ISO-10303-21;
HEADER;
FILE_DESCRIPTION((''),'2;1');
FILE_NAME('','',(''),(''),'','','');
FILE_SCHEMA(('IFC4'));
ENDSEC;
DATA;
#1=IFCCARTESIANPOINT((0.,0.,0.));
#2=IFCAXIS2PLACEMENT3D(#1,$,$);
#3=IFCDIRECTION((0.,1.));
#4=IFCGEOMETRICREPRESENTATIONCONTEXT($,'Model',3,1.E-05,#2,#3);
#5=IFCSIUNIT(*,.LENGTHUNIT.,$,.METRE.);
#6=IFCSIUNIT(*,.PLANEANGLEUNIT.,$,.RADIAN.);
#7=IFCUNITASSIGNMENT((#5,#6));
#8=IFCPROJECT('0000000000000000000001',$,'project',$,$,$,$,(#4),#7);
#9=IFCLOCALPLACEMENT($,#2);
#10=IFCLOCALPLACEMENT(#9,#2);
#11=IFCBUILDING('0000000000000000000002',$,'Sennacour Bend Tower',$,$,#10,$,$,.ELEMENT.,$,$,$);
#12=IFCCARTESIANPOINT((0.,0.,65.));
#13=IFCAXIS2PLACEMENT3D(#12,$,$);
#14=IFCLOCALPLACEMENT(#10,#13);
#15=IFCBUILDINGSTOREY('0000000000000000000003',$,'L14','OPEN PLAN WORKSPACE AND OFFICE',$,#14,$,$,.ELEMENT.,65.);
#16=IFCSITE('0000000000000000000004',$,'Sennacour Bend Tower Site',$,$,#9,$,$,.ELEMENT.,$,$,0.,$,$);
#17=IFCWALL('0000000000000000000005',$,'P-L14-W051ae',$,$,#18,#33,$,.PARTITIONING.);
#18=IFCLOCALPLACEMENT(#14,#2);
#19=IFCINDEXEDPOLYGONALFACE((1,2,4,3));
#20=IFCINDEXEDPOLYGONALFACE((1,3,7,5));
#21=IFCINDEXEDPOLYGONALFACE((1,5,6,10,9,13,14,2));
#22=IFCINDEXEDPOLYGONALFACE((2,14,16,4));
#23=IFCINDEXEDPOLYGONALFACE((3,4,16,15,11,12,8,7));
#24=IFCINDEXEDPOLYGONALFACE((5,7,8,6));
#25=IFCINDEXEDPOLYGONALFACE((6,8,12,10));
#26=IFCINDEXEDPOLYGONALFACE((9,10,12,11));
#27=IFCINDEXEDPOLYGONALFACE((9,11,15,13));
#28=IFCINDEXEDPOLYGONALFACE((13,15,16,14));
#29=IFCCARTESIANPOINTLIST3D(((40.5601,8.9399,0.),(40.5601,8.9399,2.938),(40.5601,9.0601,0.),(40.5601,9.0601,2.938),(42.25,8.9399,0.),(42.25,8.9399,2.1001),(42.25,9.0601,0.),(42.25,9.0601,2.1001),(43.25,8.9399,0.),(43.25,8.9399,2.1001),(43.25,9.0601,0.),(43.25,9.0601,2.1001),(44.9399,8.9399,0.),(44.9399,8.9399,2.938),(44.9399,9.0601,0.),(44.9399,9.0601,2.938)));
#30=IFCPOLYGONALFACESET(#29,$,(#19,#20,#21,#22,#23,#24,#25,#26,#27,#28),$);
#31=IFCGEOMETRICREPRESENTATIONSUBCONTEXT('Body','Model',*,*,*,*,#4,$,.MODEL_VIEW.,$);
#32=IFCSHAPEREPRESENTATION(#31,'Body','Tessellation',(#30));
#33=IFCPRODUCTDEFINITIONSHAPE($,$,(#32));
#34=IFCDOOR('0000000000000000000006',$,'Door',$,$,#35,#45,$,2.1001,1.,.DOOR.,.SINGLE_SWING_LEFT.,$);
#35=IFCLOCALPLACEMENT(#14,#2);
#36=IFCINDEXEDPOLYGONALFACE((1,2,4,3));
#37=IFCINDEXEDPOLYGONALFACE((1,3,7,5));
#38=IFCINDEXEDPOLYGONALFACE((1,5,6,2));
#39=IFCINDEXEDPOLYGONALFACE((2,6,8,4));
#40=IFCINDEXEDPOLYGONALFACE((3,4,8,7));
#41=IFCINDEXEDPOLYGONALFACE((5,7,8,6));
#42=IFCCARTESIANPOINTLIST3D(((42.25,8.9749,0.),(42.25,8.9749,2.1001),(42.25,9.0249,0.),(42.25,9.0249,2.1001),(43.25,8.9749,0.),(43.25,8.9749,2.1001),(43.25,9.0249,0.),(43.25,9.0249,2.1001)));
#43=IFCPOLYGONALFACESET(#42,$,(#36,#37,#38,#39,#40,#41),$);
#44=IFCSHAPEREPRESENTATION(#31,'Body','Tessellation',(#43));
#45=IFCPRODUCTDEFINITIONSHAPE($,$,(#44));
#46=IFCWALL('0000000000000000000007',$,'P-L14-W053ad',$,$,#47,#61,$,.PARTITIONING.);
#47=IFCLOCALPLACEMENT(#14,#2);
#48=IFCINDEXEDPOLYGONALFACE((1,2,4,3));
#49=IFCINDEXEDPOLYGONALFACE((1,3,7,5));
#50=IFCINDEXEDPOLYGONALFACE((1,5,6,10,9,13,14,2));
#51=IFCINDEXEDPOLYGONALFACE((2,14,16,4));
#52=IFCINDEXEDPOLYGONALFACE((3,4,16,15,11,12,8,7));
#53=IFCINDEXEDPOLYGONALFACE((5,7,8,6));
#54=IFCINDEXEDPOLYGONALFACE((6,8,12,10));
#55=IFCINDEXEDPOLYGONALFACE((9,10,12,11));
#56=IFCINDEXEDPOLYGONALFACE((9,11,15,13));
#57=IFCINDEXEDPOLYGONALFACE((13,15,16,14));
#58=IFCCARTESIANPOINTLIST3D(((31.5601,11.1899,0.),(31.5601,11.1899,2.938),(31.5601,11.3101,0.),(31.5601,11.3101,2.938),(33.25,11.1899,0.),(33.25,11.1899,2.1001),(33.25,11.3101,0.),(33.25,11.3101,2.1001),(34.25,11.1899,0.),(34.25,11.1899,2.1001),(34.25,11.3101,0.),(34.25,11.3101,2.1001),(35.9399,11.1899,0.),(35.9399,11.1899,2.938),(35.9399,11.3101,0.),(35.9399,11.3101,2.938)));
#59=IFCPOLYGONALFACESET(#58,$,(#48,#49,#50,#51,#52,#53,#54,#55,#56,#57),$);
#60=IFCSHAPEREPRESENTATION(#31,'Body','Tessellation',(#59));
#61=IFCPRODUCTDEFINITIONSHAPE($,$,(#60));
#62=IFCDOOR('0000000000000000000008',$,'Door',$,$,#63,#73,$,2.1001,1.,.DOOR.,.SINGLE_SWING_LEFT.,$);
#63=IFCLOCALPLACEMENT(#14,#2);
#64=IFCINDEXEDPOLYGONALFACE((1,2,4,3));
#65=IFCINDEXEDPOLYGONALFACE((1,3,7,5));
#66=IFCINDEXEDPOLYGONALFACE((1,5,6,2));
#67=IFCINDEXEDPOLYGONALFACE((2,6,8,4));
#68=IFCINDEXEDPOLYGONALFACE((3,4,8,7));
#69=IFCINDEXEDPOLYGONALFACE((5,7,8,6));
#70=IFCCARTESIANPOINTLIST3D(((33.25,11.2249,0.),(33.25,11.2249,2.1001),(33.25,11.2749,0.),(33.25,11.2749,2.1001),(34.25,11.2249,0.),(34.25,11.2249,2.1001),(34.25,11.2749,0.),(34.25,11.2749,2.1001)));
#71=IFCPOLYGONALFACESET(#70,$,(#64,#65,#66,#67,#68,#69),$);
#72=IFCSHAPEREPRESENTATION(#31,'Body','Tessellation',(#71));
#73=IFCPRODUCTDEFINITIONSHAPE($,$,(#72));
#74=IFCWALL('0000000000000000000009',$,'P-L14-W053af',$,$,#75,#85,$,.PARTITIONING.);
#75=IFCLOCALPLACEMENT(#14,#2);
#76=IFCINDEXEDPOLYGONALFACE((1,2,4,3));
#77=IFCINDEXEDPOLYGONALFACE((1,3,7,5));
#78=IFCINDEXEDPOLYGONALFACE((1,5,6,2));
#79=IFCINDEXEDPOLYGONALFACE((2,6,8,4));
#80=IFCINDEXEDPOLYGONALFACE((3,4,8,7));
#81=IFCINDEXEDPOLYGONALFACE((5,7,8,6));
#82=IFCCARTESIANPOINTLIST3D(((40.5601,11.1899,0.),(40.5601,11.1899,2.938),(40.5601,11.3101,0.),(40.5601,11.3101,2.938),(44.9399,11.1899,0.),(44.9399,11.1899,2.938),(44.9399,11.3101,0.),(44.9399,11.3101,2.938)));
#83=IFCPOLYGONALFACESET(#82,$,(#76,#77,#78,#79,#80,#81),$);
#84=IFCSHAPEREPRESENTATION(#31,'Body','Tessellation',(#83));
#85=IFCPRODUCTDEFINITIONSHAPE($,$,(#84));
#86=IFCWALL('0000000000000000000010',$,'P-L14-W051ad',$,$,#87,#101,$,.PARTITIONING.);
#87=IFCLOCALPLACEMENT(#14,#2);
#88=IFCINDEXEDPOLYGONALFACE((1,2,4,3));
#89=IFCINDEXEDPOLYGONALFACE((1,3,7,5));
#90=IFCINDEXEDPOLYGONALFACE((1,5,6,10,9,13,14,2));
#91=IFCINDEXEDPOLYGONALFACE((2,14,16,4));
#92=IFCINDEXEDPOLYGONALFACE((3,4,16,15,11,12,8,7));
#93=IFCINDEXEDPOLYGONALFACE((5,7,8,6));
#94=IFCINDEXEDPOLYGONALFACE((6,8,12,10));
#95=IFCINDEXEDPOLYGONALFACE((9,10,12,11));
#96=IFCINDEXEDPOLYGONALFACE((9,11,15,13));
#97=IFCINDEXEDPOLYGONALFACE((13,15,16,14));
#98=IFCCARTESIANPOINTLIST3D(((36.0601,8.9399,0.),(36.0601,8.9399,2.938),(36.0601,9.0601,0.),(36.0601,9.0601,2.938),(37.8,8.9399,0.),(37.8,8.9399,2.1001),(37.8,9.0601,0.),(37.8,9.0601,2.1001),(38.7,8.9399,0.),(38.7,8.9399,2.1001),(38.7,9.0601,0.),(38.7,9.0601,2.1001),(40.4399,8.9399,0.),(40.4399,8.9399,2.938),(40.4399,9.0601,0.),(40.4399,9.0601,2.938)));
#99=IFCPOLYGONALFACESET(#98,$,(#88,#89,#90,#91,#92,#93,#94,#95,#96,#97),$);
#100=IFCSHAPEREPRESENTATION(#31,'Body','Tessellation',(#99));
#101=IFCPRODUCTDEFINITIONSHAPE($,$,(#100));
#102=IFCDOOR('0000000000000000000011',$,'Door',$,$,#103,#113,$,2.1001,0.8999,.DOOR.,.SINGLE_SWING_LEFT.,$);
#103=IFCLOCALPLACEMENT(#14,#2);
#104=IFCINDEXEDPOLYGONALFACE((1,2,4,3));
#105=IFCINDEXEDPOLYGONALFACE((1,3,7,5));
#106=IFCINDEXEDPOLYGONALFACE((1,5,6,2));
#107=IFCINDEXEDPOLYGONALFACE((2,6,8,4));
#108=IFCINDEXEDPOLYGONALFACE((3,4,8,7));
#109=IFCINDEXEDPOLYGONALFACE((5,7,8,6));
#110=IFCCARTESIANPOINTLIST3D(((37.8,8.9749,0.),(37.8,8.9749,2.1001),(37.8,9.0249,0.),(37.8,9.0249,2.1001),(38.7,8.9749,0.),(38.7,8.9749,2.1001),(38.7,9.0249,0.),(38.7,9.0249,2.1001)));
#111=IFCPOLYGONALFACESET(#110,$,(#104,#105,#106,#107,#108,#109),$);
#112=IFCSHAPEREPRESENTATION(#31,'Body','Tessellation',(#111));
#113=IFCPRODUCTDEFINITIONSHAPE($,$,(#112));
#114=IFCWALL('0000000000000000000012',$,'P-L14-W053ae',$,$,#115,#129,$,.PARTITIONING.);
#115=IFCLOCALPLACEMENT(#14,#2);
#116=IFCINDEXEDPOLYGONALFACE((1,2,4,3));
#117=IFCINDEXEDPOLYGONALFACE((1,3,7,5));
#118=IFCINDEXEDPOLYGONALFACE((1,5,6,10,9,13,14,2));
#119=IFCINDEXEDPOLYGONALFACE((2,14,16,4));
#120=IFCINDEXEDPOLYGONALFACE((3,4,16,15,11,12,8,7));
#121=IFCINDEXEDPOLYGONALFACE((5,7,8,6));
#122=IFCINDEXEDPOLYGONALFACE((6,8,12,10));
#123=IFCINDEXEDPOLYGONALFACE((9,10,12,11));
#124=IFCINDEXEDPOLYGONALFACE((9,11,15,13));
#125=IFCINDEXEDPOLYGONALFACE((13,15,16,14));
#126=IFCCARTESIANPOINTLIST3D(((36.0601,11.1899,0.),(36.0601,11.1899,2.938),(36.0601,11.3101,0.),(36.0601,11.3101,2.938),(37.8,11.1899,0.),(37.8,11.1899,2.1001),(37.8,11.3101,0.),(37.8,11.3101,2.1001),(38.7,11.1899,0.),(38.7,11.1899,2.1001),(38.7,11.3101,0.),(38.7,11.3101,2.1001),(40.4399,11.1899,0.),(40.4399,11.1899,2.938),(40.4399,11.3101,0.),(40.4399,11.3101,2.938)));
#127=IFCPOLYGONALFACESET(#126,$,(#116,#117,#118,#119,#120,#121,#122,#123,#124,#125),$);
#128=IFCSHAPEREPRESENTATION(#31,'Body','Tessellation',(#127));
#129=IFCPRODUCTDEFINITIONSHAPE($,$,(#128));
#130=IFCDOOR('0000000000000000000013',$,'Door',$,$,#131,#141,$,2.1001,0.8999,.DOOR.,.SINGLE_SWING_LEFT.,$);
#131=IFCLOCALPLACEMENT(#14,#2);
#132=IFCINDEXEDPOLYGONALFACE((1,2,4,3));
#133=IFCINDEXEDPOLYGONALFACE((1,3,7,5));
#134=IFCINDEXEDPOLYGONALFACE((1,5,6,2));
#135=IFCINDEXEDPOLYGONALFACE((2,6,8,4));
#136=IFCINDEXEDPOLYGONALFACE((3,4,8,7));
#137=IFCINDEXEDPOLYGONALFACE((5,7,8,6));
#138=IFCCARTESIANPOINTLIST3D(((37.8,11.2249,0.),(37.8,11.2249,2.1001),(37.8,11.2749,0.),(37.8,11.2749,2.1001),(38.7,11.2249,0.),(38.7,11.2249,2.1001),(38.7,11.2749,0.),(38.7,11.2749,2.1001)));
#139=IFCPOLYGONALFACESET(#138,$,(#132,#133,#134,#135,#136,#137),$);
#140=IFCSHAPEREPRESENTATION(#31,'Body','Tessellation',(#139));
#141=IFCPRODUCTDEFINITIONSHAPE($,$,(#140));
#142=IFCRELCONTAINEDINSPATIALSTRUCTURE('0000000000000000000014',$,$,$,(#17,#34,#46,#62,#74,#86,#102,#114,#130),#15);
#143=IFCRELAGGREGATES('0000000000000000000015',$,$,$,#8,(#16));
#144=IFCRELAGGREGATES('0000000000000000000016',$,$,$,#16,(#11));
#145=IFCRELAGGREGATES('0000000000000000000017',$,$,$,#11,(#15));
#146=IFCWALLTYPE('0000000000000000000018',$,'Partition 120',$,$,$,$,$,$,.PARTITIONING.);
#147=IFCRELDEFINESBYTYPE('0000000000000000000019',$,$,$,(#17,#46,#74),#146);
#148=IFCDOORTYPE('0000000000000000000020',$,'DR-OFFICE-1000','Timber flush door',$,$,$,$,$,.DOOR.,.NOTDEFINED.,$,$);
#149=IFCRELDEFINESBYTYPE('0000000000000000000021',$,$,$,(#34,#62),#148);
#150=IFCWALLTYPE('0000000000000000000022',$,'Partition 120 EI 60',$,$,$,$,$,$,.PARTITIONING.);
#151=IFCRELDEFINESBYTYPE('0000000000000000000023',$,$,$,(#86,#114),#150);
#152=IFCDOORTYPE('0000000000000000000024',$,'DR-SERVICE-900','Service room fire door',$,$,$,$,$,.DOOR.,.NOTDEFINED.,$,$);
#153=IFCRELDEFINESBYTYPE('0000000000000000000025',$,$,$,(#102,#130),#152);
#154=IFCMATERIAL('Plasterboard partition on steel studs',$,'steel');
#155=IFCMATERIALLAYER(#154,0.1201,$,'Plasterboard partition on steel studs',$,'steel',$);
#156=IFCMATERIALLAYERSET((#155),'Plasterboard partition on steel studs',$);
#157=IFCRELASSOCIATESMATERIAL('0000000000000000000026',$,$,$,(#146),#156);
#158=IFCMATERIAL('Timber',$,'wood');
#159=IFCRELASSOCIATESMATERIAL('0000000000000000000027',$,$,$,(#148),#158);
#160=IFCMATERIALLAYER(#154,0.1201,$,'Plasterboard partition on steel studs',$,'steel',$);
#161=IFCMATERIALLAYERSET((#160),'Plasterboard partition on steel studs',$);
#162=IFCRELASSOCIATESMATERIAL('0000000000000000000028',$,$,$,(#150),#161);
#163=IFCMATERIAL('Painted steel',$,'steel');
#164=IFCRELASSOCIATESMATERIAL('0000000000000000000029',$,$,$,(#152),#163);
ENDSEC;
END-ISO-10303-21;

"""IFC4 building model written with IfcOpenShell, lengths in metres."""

from ifc_helpers import new_model, si_unit, direction, frame, frame_2d, origin, place, context, subcontext, project, spatial, rectangle, extrude, material, layer, layer_set, type_object, element, fill, save


model = new_model("IFC4")

# Units and contexts
model_context = context("Model", 3, precision=1e-05, world=origin(), true_north=direction((0.0, 1.0)))
body_context = subcontext(model_context, "Body", "Model", "MODEL_VIEW")
ifc_project = project(units=[si_unit("LENGTHUNIT", "METRE"), si_unit("PLANEANGLEUNIT", "RADIAN")], contexts=[model_context])

# Site, building, storey
site_placement = place(None, origin())
site = spatial("IfcSite", under=ifc_project, at=site_placement, Name="Sennacour Bend Tower Site", CompositionType="ELEMENT", RefElevation=0.0)
building_placement = place(site_placement, origin())
building = spatial("IfcBuilding", under=site, at=building_placement, Name="Sennacour Bend Tower", CompositionType="ELEMENT")
storey_placement = place(building_placement, frame((0.0, 0.0, 65.0)))
storey = spatial("IfcBuildingStorey", under=building, at=storey_placement, Name="L14", Description="OPEN PLAN WORKSPACE AND OFFICE", CompositionType="ELEMENT", Elevation=65.0)

# Shared definitions
ifc_material_1 = material(Name="Plasterboard partition on steel studs", Category="steel")
ifc_layer_1 = layer(ifc_material_1, 0.1201, Name="Plasterboard partition on steel studs", Category="steel")
ifc_layer_set_1 = layer_set([ifc_layer_1], Name="Plasterboard partition on steel studs")
wall_type_1 = type_object("IfcWallType", Name="Partition 120", PredefinedType="PARTITIONING", material=ifc_layer_set_1)

# Walls, openings, doors
wall_1_placement = place(storey_placement, frame((40.5601, 9.0, 0.0), z_axis=(0.0, 0.0, 1.0), x_axis=(1.0, 0.0, 0.0)))
wall_1 = element("IfcWall", 1, at=wall_1_placement, inside=storey, type_object=wall_type_1, Name="P-L14-W051ae", PredefinedType="PARTITIONING", context=body_context, shape_type="SweptSolid", body=[
    extrude(rectangle(XDim=4.3799, YDim=0.1201, at=frame_2d((2.1899, 0.0))), origin(), (0.0, 0.0, 1.0), 2.938),
])
opening_1_placement = place(wall_1_placement, frame((1.6899, 0.0, 0.0)))
opening_1 = element("IfcOpeningElement", 2, at=opening_1_placement, cuts=wall_1, PredefinedType="OPENING", context=body_context, shape_type="SweptSolid", body=[
    extrude(rectangle(XDim=1.0, YDim=2.1001, at=frame_2d((0.5, 1.05))), frame((0.0, 0.0701, 0.0), z_axis=(0.0, -1.0, 0.0), x_axis=(1.0, 0.0, 0.0)), (0.0, 0.0, 1.0), 0.1401),
])
ifc_material_2 = material(Name="Timber", Category="wood")
door_type_1 = type_object("IfcDoorType", Name="DR-OFFICE-1000", Description="Timber flush door", OperationType="NOTDEFINED", PredefinedType="DOOR", material=ifc_material_2)
door_1_placement = place(opening_1_placement, origin())
door_1 = element("IfcDoor", 3, at=door_1_placement, inside=storey, type_object=door_type_1, Name="Door", OperationType="SINGLE_SWING_LEFT", OverallHeight=2.1001, OverallWidth=1.0, PredefinedType="DOOR", context=body_context, shape_type="SweptSolid", body=[
    extrude(rectangle(XDim=1.0, YDim=2.1001, at=frame_2d((0.5, 1.05))), frame((0.0, 0.0249, 0.0), z_axis=(0.0, -1.0, 0.0), x_axis=(1.0, 0.0, 0.0)), (0.0, 0.0, 1.0), 0.05),
])
fill(opening_1, door_1)
wall_2_placement = place(storey_placement, frame((31.5601, 11.25, 0.0), z_axis=(0.0, 0.0, 1.0), x_axis=(1.0, 0.0, 0.0)))
wall_2 = element("IfcWall", 4, at=wall_2_placement, inside=storey, type_object=wall_type_1, Name="P-L14-W053ad", PredefinedType="PARTITIONING", context=body_context, shape_type="SweptSolid", body=[
    extrude(rectangle(XDim=4.3799, YDim=0.1201, at=frame_2d((2.1899, 0.0))), origin(), (0.0, 0.0, 1.0), 2.938),
])
opening_2_placement = place(wall_2_placement, frame((1.6899, 0.0, 0.0)))
opening_2 = element("IfcOpeningElement", 5, at=opening_2_placement, cuts=wall_2, PredefinedType="OPENING", context=body_context, shape_type="SweptSolid", body=[
    extrude(rectangle(XDim=1.0, YDim=2.1001, at=frame_2d((0.5, 1.05))), frame((0.0, 0.0701, 0.0), z_axis=(0.0, -1.0, 0.0), x_axis=(1.0, 0.0, 0.0)), (0.0, 0.0, 1.0), 0.1401),
])
door_2_placement = place(opening_2_placement, origin())
door_2 = element("IfcDoor", 6, at=door_2_placement, inside=storey, type_object=door_type_1, Name="Door", OperationType="SINGLE_SWING_LEFT", OverallHeight=2.1001, OverallWidth=1.0, PredefinedType="DOOR", context=body_context, shape_type="SweptSolid", body=[
    extrude(rectangle(XDim=1.0, YDim=2.1001, at=frame_2d((0.5, 1.05))), frame((0.0, 0.0249, 0.0), z_axis=(0.0, -1.0, 0.0), x_axis=(1.0, 0.0, 0.0)), (0.0, 0.0, 1.0), 0.05),
])
fill(opening_2, door_2)

# Wall
wall_3_placement = place(storey_placement, frame((40.5601, 11.25, 0.0), z_axis=(0.0, 0.0, 1.0), x_axis=(1.0, 0.0, 0.0)))
element("IfcWall", 7, at=wall_3_placement, inside=storey, type_object=wall_type_1, Name="P-L14-W053af", PredefinedType="PARTITIONING", context=body_context, shape_type="SweptSolid", body=[
    extrude(rectangle(XDim=4.3799, YDim=0.1201, at=frame_2d((2.1899, 0.0))), origin(), (0.0, 0.0, 1.0), 2.938),
])

# Walls, openings, doors
ifc_layer_2 = layer(ifc_material_1, 0.1201, Name="Plasterboard partition on steel studs", Category="steel")
ifc_layer_set_2 = layer_set([ifc_layer_2], Name="Plasterboard partition on steel studs")
wall_type_2 = type_object("IfcWallType", Name="Partition 120 EI 60", PredefinedType="PARTITIONING", material=ifc_layer_set_2)
wall_4_placement = place(storey_placement, frame((36.0601, 9.0, 0.0), z_axis=(0.0, 0.0, 1.0), x_axis=(1.0, 0.0, 0.0)))
wall_4 = element("IfcWall", 8, at=wall_4_placement, inside=storey, type_object=wall_type_2, Name="P-L14-W051ad", PredefinedType="PARTITIONING", context=body_context, shape_type="SweptSolid", body=[
    extrude(rectangle(XDim=4.3799, YDim=0.1201, at=frame_2d((2.1899, 0.0))), origin(), (0.0, 0.0, 1.0), 2.938),
])
opening_3_placement = place(wall_4_placement, frame((1.74, 0.0, 0.0)))
opening_3 = element("IfcOpeningElement", 9, at=opening_3_placement, cuts=wall_4, PredefinedType="OPENING", context=body_context, shape_type="SweptSolid", body=[
    extrude(rectangle(XDim=0.8999, YDim=2.1001, at=frame_2d((0.45, 1.05))), frame((0.0, 0.0701, 0.0), z_axis=(0.0, -1.0, 0.0), x_axis=(1.0, 0.0, 0.0)), (0.0, 0.0, 1.0), 0.1401),
])
ifc_material_3 = material(Name="Painted steel", Category="steel")
door_type_2 = type_object("IfcDoorType", Name="DR-SERVICE-900", Description="Service room fire door", OperationType="NOTDEFINED", PredefinedType="DOOR", material=ifc_material_3)
door_3_placement = place(opening_3_placement, origin())
door_3 = element("IfcDoor", 10, at=door_3_placement, inside=storey, type_object=door_type_2, Name="Door", OperationType="SINGLE_SWING_LEFT", OverallHeight=2.1001, OverallWidth=0.8999, PredefinedType="DOOR", context=body_context, shape_type="SweptSolid", body=[
    extrude(rectangle(XDim=0.8999, YDim=2.1001, at=frame_2d((0.45, 1.05))), frame((0.0, 0.0249, 0.0), z_axis=(0.0, -1.0, 0.0), x_axis=(1.0, 0.0, 0.0)), (0.0, 0.0, 1.0), 0.05),
])
fill(opening_3, door_3)
wall_5_placement = place(storey_placement, frame((36.0601, 11.25, 0.0), z_axis=(0.0, 0.0, 1.0), x_axis=(1.0, 0.0, 0.0)))
wall_5 = element("IfcWall", 11, at=wall_5_placement, inside=storey, type_object=wall_type_2, Name="P-L14-W053ae", PredefinedType="PARTITIONING", context=body_context, shape_type="SweptSolid", body=[
    extrude(rectangle(XDim=4.3799, YDim=0.1201, at=frame_2d((2.1899, 0.0))), origin(), (0.0, 0.0, 1.0), 2.938),
])
opening_4_placement = place(wall_5_placement, frame((1.74, 0.0, 0.0)))
opening_4 = element("IfcOpeningElement", 12, at=opening_4_placement, cuts=wall_5, PredefinedType="OPENING", context=body_context, shape_type="SweptSolid", body=[
    extrude(rectangle(XDim=0.8999, YDim=2.1001, at=frame_2d((0.45, 1.05))), frame((0.0, 0.0701, 0.0), z_axis=(0.0, -1.0, 0.0), x_axis=(1.0, 0.0, 0.0)), (0.0, 0.0, 1.0), 0.1401),
])
door_4_placement = place(opening_4_placement, origin())
door_4 = element("IfcDoor", 13, at=door_4_placement, inside=storey, type_object=door_type_2, Name="Door", OperationType="SINGLE_SWING_LEFT", OverallHeight=2.1001, OverallWidth=0.8999, PredefinedType="DOOR", context=body_context, shape_type="SweptSolid", body=[
    extrude(rectangle(XDim=0.8999, YDim=2.1001, at=frame_2d((0.45, 1.05))), frame((0.0, 0.0249, 0.0), z_axis=(0.0, -1.0, 0.0), x_axis=(1.0, 0.0, 0.0)), (0.0, 0.0, 1.0), 0.05),
])
fill(opening_4, door_4)

save(model, "model.ifc")
